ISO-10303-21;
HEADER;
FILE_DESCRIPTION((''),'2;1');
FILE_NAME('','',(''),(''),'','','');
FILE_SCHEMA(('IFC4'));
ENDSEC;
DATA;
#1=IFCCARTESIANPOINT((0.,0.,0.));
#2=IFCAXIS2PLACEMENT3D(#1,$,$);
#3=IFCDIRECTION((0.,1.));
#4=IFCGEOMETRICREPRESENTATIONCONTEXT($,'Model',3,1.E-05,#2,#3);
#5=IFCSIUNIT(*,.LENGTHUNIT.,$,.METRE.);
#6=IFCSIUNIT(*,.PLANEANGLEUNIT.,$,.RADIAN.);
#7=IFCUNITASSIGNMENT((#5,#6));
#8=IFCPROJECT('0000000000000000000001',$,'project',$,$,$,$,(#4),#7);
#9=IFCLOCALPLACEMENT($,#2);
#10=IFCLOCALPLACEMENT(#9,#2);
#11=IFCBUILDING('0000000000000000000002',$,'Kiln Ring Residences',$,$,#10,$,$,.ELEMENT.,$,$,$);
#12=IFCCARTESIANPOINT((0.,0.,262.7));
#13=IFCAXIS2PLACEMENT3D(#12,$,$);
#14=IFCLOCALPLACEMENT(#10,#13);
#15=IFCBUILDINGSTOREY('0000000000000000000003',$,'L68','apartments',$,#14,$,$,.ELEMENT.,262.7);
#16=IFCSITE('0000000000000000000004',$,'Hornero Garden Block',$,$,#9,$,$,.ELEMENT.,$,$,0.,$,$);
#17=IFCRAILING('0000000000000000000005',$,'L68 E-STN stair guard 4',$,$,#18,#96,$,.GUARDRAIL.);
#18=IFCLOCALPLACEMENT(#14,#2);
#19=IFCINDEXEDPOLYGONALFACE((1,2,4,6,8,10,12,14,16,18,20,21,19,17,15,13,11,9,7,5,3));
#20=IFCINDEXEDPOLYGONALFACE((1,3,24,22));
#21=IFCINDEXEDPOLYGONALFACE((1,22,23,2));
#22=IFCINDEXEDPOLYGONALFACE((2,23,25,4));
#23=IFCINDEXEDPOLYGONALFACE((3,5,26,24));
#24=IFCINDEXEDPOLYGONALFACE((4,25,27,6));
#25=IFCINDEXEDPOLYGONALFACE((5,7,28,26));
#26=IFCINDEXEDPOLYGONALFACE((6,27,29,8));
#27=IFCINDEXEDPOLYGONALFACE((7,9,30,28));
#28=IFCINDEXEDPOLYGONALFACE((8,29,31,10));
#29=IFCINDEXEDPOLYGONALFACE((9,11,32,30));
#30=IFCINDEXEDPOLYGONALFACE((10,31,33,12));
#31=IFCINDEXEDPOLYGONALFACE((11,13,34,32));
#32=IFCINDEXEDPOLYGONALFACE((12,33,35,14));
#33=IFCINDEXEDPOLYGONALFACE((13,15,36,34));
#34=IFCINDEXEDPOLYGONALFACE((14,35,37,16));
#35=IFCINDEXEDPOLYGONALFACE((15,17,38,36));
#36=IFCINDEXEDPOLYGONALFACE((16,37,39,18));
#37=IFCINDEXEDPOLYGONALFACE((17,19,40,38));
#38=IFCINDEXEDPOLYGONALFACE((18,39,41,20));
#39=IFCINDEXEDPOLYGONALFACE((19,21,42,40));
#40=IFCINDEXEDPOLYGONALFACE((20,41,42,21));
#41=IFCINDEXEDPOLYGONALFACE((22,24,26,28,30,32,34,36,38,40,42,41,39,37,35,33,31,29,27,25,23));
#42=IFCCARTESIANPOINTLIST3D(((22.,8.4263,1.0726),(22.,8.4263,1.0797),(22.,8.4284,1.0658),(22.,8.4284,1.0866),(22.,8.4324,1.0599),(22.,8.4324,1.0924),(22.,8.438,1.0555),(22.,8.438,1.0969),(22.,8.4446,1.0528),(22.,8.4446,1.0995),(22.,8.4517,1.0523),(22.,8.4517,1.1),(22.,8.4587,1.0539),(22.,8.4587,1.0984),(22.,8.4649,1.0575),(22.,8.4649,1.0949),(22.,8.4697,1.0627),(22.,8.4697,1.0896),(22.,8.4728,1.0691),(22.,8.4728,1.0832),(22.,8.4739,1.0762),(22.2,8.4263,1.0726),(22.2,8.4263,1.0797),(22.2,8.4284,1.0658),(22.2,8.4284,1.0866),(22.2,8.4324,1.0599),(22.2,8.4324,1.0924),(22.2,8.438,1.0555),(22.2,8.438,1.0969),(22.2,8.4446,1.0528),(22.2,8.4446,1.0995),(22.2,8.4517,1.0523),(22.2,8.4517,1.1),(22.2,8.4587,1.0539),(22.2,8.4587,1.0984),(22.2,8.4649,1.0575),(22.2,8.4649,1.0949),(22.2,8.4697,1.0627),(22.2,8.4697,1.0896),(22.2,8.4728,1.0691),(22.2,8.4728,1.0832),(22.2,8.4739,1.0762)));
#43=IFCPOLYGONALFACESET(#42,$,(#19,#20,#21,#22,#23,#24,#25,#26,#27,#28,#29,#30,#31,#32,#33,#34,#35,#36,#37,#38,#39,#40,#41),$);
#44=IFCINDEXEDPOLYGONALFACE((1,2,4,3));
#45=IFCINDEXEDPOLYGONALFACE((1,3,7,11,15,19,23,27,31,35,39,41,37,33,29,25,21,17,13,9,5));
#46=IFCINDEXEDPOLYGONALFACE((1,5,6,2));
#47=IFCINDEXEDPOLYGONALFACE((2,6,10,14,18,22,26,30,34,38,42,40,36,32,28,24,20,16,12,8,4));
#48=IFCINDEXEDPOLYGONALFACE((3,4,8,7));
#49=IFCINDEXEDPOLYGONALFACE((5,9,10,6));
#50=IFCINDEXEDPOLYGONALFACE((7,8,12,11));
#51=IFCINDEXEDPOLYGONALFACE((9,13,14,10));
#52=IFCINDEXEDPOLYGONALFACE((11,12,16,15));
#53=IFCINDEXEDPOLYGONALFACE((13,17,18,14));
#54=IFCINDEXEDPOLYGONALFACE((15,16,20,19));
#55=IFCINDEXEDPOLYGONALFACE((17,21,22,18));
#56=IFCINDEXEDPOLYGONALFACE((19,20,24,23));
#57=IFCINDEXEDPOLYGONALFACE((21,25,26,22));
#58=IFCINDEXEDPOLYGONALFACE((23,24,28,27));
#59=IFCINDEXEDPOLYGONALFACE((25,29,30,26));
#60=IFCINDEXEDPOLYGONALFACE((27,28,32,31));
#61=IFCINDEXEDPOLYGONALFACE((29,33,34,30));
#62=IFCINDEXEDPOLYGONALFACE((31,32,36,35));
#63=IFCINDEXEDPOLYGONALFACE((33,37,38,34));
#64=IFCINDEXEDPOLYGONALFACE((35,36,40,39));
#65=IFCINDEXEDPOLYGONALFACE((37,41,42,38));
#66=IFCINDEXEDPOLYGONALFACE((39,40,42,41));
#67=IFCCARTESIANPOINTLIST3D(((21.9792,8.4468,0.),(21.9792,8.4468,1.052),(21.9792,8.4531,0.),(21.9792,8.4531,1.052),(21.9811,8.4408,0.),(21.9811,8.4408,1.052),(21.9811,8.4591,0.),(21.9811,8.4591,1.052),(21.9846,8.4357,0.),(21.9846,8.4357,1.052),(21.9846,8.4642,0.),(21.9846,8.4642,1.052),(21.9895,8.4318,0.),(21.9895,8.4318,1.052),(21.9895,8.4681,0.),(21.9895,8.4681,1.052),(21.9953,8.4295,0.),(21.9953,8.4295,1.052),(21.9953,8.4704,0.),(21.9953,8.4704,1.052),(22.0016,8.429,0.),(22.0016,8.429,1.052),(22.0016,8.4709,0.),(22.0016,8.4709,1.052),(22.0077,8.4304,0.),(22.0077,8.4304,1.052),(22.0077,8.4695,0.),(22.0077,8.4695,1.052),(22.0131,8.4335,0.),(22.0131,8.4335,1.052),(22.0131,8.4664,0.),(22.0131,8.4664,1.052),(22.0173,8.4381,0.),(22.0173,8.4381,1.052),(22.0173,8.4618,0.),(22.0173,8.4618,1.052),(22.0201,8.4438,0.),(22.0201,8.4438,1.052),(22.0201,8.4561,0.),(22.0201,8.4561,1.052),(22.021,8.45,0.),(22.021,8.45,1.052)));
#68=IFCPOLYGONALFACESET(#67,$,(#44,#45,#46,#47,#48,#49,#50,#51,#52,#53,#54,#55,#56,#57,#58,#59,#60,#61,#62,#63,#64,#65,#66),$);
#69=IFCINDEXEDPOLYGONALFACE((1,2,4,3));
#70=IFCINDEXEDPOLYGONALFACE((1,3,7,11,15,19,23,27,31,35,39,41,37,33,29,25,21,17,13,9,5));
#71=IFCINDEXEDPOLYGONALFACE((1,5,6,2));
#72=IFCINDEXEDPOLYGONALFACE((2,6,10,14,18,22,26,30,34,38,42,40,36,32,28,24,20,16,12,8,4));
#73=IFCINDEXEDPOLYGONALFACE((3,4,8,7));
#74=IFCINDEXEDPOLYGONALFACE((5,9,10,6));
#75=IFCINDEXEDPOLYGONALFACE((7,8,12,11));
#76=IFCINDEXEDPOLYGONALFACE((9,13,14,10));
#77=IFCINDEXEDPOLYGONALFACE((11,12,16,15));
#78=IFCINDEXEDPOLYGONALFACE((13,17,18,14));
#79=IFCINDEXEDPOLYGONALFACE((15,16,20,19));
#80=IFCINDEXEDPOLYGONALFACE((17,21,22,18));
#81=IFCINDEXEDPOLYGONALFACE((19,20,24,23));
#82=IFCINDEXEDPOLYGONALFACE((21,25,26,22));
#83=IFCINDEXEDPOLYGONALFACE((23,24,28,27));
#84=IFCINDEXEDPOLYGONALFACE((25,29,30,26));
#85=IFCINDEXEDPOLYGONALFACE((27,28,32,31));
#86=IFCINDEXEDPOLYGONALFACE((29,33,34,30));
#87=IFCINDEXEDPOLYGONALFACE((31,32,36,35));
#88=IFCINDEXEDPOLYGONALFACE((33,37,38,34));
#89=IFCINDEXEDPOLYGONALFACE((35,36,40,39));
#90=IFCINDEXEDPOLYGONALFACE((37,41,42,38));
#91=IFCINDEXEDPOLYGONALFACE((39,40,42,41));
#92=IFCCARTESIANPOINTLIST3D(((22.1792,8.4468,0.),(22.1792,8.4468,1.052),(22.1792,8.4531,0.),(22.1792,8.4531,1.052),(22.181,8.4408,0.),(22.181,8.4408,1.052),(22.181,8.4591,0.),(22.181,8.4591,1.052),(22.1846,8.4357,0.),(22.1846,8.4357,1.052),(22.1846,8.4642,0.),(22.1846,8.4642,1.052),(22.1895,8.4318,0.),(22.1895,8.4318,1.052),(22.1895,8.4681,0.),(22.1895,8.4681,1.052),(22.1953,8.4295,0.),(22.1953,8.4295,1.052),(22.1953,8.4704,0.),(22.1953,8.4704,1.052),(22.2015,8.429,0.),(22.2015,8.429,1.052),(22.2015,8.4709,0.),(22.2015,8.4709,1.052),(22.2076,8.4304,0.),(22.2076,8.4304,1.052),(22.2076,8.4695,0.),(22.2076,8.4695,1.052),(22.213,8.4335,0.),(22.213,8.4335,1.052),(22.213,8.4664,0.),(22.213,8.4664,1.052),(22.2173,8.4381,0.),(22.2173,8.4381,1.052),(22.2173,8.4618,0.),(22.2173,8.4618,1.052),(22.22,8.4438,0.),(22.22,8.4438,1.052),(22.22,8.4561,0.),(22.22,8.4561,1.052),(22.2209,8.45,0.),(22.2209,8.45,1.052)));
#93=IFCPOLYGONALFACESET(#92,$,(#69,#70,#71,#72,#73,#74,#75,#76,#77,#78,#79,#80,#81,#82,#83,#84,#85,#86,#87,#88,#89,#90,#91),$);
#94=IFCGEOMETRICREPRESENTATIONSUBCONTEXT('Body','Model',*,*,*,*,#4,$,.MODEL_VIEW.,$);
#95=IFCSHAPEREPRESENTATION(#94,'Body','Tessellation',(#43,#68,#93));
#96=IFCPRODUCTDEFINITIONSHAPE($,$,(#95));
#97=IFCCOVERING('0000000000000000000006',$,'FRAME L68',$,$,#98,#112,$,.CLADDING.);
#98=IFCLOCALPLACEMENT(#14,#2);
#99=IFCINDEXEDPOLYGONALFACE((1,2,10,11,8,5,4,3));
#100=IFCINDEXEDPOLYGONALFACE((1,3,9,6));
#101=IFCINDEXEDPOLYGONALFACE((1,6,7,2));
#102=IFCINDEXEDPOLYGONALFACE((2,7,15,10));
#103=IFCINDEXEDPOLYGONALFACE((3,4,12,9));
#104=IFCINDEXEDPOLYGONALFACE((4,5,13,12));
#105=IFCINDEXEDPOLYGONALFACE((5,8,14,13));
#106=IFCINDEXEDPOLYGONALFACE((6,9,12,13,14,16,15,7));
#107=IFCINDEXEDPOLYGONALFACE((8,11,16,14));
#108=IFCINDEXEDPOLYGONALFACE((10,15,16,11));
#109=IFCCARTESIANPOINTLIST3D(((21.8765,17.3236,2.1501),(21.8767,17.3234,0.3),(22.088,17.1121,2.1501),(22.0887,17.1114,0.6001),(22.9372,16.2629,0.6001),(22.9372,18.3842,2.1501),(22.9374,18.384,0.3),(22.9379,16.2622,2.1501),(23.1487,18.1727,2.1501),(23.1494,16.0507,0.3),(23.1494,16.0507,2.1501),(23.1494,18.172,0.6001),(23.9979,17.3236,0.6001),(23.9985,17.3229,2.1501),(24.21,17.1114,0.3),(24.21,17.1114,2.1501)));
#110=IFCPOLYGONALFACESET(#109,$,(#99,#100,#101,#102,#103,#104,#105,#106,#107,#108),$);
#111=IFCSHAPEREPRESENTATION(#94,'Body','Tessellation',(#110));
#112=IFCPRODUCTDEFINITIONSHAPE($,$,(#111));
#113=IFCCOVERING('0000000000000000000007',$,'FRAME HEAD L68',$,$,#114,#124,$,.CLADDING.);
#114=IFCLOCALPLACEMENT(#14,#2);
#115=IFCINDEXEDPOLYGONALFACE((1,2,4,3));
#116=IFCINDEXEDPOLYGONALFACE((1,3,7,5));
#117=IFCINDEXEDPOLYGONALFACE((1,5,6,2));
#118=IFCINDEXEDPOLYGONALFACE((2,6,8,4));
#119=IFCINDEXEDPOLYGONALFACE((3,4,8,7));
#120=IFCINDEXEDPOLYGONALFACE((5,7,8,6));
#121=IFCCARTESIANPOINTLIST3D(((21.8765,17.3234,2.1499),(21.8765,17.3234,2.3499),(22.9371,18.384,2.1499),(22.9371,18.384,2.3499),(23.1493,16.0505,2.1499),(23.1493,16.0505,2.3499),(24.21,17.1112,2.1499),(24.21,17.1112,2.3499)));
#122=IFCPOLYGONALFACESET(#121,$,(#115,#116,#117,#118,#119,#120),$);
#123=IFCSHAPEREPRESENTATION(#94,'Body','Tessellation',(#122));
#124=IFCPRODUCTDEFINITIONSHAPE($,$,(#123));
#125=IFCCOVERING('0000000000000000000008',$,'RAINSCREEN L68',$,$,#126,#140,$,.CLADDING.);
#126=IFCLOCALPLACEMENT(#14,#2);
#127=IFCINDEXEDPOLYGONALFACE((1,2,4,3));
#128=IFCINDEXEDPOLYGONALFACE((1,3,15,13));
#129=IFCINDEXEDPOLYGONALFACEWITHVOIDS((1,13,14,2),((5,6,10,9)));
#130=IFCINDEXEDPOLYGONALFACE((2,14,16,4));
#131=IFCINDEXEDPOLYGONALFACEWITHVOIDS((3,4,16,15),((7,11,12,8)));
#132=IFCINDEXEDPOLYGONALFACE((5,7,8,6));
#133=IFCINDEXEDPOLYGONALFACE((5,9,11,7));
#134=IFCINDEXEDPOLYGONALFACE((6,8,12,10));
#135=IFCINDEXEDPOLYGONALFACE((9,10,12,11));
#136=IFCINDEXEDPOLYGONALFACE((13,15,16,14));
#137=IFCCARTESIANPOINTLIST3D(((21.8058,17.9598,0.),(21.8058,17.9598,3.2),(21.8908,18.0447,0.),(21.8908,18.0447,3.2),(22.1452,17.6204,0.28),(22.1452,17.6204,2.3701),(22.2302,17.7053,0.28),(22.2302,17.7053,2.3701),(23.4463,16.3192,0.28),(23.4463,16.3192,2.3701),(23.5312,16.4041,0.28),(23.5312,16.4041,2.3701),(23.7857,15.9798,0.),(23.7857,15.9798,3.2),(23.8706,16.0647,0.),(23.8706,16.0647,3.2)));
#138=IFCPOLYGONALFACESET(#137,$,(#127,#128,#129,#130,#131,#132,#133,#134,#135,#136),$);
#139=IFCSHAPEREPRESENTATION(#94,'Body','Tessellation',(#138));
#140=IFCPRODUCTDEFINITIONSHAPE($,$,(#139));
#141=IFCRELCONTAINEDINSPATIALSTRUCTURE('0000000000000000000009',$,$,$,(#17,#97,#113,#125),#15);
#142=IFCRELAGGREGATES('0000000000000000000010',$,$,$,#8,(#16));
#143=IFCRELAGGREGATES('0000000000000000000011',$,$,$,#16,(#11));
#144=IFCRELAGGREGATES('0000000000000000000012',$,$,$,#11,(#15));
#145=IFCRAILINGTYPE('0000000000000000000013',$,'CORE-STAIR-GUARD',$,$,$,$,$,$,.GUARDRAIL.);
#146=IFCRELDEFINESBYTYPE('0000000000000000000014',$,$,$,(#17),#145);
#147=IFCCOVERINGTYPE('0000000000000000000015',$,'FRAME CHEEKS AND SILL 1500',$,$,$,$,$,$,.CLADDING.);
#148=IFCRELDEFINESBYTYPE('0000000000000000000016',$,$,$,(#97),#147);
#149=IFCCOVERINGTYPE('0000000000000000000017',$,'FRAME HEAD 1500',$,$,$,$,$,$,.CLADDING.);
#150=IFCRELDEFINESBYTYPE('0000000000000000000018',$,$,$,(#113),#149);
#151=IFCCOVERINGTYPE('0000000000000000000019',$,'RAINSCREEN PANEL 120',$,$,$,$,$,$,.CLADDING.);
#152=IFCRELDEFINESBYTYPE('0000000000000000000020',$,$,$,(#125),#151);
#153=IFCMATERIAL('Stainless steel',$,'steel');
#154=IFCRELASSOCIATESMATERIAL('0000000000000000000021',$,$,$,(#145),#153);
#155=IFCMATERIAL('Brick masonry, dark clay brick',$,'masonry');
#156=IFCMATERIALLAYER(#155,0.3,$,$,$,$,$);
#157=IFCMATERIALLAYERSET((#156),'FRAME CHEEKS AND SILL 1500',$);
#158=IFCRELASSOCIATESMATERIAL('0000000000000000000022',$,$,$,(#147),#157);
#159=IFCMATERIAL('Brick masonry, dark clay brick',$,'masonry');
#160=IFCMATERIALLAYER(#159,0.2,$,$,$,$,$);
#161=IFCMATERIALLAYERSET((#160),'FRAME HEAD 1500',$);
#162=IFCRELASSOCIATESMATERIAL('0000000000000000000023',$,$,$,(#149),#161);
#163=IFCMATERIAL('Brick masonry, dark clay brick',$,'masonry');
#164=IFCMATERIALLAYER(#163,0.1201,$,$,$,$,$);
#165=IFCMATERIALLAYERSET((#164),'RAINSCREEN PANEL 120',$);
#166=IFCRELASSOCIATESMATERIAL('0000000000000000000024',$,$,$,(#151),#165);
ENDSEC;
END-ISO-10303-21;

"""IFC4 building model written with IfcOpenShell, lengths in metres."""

from ifc_helpers import new_model, si_unit, direction, frame, origin, origin_2d, place, context, subcontext, project, spatial, polyline, rectangle, circle, outline, extrude, material, layer, layer_set, type_object, element, save


model = new_model("IFC4")

# Units and contexts
model_context = context("Model", 3, precision=1e-05, world=origin(), true_north=direction((0.0, 1.0)))
body_context = subcontext(model_context, "Body", "Model", "MODEL_VIEW")
ifc_project = project(units=[si_unit("LENGTHUNIT", "METRE"), si_unit("PLANEANGLEUNIT", "RADIAN")], contexts=[model_context])

# Site, building, storey
site_placement = place(None, origin())
site = spatial("IfcSite", under=ifc_project, at=site_placement, Name="Hornero Garden Block", CompositionType="ELEMENT", RefElevation=0.0)
building_placement = place(site_placement, origin())
building = spatial("IfcBuilding", under=site, at=building_placement, Name="Kiln Ring Residences", CompositionType="ELEMENT")
storey_placement = place(building_placement, frame((0.0, 0.0, 262.7)))
storey = spatial("IfcBuildingStorey", under=building, at=storey_placement, Name="L68", Description="apartments", CompositionType="ELEMENT", Elevation=262.7)

# Railing
ifc_material_1 = material(Name="Stainless steel", Category="steel")
railing_type = type_object("IfcRailingType", Name="CORE-STAIR-GUARD", PredefinedType="GUARDRAIL", material=ifc_material_1)
railing_placement = place(storey_placement, frame((22.0, 8.45, 0.0)))
element("IfcRailing", 1, at=railing_placement, inside=storey, type_object=railing_type, Name="L68 E-STN stair guard 4", PredefinedType="GUARDRAIL", context=body_context, shape_type="SweptSolid", body=[
    extrude(circle(Radius=0.0239, at=origin_2d()), frame((0.0, 0.0, 1.0762), z_axis=(1.0, 0.0, 0.0), x_axis=(0.0, 1.0, 0.0)), (0.0, 0.0, 1.0), 0.2),
    extrude(circle(Radius=0.021, at=origin_2d()), origin(), (0.0, 0.0, 1.0), 1.052),
    extrude(circle(Radius=0.021, at=origin_2d()), frame((0.2, 0.0, 0.0)), (0.0, 0.0, 1.0), 1.052),
])

# Coverings
ifc_material_2 = material(Name="Brick masonry, dark clay brick", Category="masonry")
ifc_layer_1 = layer(ifc_material_2, 0.3)
ifc_layer_set_1 = layer_set([ifc_layer_1], Name="FRAME CHEEKS AND SILL 1500")
covering_type_1 = type_object("IfcCoveringType", Name="FRAME CHEEKS AND SILL 1500", PredefinedType="CLADDING", material=ifc_layer_set_1)
covering_1_placement = place(storey_placement, frame((23.6797, 16.5811, 0.3), z_axis=(0.0, 0.0, 1.0), x_axis=(-0.707107, 0.707107, 0.0)))
element("IfcCovering", 2, at=covering_1_placement, inside=storey, type_object=covering_type_1, Name="FRAME L68", PredefinedType="CLADDING", context=body_context, shape_type="SweptSolid", body=[
    extrude(outline(polyline([(0.0, 0.0), (1.7998, 0.0), (1.8, 1.8501), (1.501, 1.8501), (1.5, 0.3), (0.3, 0.3), (0.2991, 1.8501), (0.0, 1.8501), (0.0, 0.0)])), frame((0.0, 0.75, 0.0), z_axis=(0.0, -1.0, 0.0), x_axis=(1.0, 0.0, 0.0)), (0.0, 0.0, 1.0), 1.5),
])
ifc_material_3 = material(Name="Brick masonry, dark clay brick", Category="masonry")
ifc_layer_2 = layer(ifc_material_3, 0.2)
ifc_layer_set_2 = layer_set([ifc_layer_2], Name="FRAME HEAD 1500")
covering_type_2 = type_object("IfcCoveringType", Name="FRAME HEAD 1500", PredefinedType="CLADDING", material=ifc_layer_set_2)
covering_2_placement = place(storey_placement, frame((23.0432, 17.2173, 2.1499), z_axis=(0.0, 0.0, 1.0), x_axis=(-0.707107, 0.707107, 0.0)))
element("IfcCovering", 3, at=covering_2_placement, inside=storey, type_object=covering_type_2, Name="FRAME HEAD L68", PredefinedType="CLADDING", context=body_context, shape_type="SweptSolid", body=[
    extrude(rectangle(XDim=1.8, YDim=1.5, at=origin_2d()), origin(), (0.0, 0.0, 1.0), 0.2),
])
ifc_material_4 = material(Name="Brick masonry, dark clay brick", Category="masonry")
ifc_layer_3 = layer(ifc_material_4, 0.1201)
ifc_layer_set_3 = layer_set([ifc_layer_3], Name="RAINSCREEN PANEL 120")
covering_type_3 = type_object("IfcCoveringType", Name="RAINSCREEN PANEL 120", PredefinedType="CLADDING", material=ifc_layer_set_3)
covering_3_placement = place(storey_placement, frame((23.8281, 16.0222, 0.0), z_axis=(0.0, 0.0, 1.0), x_axis=(-0.707063, 0.70715, 0.0)))
element("IfcCovering", 4, at=covering_3_placement, inside=storey, type_object=covering_type_3, Name="RAINSCREEN L68", PredefinedType="CLADDING", context=body_context, shape_type="SweptSolid", body=[
    extrude(outline(polyline([(0.0, 0.0), (2.8, 0.0), (2.8, 3.2), (0.0, 3.2), (0.0, 0.0)]), holes=[polyline([(0.48, 2.3701), (0.48, 0.28), (2.3201, 0.28), (2.3201, 2.3701), (0.48, 2.3701)])]), frame((0.0, 0.0601, 0.0), z_axis=(0.0, -1.0, 0.0), x_axis=(1.0, 0.0, 0.0)), (0.0, 0.0, 1.0), 0.1201),
])

save(model, "model.ifc")
